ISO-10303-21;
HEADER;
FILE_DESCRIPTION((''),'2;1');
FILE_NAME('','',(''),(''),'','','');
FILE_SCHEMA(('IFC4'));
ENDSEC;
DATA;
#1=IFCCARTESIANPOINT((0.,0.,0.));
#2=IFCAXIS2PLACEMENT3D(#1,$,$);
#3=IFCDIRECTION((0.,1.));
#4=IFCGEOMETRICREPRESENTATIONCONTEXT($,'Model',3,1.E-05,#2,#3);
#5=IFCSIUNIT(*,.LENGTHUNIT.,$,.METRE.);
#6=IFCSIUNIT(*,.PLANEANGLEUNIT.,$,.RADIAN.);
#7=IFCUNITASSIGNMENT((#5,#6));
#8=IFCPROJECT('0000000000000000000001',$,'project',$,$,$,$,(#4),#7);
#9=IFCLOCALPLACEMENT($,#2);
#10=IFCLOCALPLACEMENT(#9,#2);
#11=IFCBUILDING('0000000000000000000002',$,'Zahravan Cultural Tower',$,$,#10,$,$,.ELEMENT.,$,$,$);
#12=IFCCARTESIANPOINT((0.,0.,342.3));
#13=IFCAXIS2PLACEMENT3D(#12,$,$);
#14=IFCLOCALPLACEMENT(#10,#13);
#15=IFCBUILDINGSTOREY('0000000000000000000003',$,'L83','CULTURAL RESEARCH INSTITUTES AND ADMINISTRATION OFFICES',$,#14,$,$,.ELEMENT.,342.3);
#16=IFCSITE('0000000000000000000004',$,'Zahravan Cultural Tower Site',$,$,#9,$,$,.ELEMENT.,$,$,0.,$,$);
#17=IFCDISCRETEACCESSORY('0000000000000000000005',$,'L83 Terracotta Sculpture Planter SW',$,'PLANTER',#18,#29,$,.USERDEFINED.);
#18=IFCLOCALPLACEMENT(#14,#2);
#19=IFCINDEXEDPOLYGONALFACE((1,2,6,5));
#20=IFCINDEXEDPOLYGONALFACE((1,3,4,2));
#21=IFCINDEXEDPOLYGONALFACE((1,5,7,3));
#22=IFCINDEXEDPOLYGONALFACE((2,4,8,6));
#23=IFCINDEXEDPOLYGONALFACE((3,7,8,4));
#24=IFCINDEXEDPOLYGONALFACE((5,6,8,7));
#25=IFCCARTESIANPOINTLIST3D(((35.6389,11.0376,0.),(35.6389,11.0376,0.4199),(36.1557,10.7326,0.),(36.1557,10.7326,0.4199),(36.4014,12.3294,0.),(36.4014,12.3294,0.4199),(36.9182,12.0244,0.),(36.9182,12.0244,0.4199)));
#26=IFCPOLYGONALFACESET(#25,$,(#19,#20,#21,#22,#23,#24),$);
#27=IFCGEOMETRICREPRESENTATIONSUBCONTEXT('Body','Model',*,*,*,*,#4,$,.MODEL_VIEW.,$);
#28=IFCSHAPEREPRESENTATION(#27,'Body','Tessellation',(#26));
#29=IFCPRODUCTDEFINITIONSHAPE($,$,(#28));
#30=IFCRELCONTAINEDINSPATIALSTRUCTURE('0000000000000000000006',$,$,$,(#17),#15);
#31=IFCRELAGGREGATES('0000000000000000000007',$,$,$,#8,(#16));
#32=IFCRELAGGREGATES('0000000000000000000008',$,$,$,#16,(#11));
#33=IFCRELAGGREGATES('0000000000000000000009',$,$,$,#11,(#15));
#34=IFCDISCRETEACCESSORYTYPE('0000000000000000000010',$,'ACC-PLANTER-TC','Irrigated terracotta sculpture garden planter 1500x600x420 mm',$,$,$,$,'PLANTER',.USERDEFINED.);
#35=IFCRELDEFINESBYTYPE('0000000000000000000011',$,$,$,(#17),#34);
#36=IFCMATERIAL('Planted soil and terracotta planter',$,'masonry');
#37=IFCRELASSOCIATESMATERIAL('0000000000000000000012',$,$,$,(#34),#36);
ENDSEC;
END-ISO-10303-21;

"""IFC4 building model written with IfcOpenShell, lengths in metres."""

from ifc_helpers import new_model, si_unit, direction, frame, origin, origin_2d, place, context, subcontext, project, spatial, rectangle, extrude, source, transform, mapped, material, type_object, element, save


model = new_model("IFC4")

# Units and contexts
model_context = context("Model", 3, precision=1e-05, world=origin(), true_north=direction((0.0, 1.0)))
body_context = subcontext(model_context, "Body", "Model", "MODEL_VIEW")
ifc_project = project(units=[si_unit("LENGTHUNIT", "METRE"), si_unit("PLANEANGLEUNIT", "RADIAN")], contexts=[model_context])

# Site, building, storey
site_placement = place(None, origin())
site = spatial("IfcSite", under=ifc_project, at=site_placement, Name="Zahravan Cultural Tower Site", CompositionType="ELEMENT", RefElevation=0.0)
building_placement = place(site_placement, origin())
building = spatial("IfcBuilding", under=site, at=building_placement, Name="Zahravan Cultural Tower", CompositionType="ELEMENT")
storey_placement = place(building_placement, frame((0.0, 0.0, 342.3)))
storey = spatial("IfcBuildingStorey", under=building, at=storey_placement, Name="L83", Description="CULTURAL RESEARCH INSTITUTES AND ADMINISTRATION OFFICES", CompositionType="ELEMENT", Elevation=342.3)

# Discrete accessory
ifc_material_1 = material(Name="Planted soil and terracotta planter", Category="masonry")
discrete_accessory_type = type_object("IfcDiscreteAccessoryType", Name="ACC-PLANTER-TC", Description="Irrigated terracotta sculpture garden planter 1500x600x420 mm", ElementType="PLANTER", PredefinedType="USERDEFINED", material=ifc_material_1)
shared_shape_1 = source(origin(), body_context, "Body", "SweptSolid", [
    extrude(rectangle(XDim=1.5, YDim=0.6001, at=origin_2d()), origin(), (0.0, 0.0, 1.0), 0.4199),
])
discrete_accessory_placement = place(storey_placement, frame((36.2786, 11.531, 0.0), z_axis=(0.0, 0.0, 1.0), x_axis=(0.50829, 0.861186, 0.0)))
element("IfcDiscreteAccessory", 1, at=discrete_accessory_placement, inside=storey, type_object=discrete_accessory_type, Name="L83 Terracotta Sculpture Planter SW", ObjectType="PLANTER", PredefinedType="USERDEFINED", context=body_context, shape_type="MappedRepresentation", body=[
    mapped(shared_shape_1, transform((0.0, 0.0, 0.0), x_axis=(1.0, 0.0, 0.0), y_axis=(0.0, 1.0, 0.0), z_axis=(0.0, 0.0, 1.0), scale=1.0)),
])

save(model, "model.ifc")
